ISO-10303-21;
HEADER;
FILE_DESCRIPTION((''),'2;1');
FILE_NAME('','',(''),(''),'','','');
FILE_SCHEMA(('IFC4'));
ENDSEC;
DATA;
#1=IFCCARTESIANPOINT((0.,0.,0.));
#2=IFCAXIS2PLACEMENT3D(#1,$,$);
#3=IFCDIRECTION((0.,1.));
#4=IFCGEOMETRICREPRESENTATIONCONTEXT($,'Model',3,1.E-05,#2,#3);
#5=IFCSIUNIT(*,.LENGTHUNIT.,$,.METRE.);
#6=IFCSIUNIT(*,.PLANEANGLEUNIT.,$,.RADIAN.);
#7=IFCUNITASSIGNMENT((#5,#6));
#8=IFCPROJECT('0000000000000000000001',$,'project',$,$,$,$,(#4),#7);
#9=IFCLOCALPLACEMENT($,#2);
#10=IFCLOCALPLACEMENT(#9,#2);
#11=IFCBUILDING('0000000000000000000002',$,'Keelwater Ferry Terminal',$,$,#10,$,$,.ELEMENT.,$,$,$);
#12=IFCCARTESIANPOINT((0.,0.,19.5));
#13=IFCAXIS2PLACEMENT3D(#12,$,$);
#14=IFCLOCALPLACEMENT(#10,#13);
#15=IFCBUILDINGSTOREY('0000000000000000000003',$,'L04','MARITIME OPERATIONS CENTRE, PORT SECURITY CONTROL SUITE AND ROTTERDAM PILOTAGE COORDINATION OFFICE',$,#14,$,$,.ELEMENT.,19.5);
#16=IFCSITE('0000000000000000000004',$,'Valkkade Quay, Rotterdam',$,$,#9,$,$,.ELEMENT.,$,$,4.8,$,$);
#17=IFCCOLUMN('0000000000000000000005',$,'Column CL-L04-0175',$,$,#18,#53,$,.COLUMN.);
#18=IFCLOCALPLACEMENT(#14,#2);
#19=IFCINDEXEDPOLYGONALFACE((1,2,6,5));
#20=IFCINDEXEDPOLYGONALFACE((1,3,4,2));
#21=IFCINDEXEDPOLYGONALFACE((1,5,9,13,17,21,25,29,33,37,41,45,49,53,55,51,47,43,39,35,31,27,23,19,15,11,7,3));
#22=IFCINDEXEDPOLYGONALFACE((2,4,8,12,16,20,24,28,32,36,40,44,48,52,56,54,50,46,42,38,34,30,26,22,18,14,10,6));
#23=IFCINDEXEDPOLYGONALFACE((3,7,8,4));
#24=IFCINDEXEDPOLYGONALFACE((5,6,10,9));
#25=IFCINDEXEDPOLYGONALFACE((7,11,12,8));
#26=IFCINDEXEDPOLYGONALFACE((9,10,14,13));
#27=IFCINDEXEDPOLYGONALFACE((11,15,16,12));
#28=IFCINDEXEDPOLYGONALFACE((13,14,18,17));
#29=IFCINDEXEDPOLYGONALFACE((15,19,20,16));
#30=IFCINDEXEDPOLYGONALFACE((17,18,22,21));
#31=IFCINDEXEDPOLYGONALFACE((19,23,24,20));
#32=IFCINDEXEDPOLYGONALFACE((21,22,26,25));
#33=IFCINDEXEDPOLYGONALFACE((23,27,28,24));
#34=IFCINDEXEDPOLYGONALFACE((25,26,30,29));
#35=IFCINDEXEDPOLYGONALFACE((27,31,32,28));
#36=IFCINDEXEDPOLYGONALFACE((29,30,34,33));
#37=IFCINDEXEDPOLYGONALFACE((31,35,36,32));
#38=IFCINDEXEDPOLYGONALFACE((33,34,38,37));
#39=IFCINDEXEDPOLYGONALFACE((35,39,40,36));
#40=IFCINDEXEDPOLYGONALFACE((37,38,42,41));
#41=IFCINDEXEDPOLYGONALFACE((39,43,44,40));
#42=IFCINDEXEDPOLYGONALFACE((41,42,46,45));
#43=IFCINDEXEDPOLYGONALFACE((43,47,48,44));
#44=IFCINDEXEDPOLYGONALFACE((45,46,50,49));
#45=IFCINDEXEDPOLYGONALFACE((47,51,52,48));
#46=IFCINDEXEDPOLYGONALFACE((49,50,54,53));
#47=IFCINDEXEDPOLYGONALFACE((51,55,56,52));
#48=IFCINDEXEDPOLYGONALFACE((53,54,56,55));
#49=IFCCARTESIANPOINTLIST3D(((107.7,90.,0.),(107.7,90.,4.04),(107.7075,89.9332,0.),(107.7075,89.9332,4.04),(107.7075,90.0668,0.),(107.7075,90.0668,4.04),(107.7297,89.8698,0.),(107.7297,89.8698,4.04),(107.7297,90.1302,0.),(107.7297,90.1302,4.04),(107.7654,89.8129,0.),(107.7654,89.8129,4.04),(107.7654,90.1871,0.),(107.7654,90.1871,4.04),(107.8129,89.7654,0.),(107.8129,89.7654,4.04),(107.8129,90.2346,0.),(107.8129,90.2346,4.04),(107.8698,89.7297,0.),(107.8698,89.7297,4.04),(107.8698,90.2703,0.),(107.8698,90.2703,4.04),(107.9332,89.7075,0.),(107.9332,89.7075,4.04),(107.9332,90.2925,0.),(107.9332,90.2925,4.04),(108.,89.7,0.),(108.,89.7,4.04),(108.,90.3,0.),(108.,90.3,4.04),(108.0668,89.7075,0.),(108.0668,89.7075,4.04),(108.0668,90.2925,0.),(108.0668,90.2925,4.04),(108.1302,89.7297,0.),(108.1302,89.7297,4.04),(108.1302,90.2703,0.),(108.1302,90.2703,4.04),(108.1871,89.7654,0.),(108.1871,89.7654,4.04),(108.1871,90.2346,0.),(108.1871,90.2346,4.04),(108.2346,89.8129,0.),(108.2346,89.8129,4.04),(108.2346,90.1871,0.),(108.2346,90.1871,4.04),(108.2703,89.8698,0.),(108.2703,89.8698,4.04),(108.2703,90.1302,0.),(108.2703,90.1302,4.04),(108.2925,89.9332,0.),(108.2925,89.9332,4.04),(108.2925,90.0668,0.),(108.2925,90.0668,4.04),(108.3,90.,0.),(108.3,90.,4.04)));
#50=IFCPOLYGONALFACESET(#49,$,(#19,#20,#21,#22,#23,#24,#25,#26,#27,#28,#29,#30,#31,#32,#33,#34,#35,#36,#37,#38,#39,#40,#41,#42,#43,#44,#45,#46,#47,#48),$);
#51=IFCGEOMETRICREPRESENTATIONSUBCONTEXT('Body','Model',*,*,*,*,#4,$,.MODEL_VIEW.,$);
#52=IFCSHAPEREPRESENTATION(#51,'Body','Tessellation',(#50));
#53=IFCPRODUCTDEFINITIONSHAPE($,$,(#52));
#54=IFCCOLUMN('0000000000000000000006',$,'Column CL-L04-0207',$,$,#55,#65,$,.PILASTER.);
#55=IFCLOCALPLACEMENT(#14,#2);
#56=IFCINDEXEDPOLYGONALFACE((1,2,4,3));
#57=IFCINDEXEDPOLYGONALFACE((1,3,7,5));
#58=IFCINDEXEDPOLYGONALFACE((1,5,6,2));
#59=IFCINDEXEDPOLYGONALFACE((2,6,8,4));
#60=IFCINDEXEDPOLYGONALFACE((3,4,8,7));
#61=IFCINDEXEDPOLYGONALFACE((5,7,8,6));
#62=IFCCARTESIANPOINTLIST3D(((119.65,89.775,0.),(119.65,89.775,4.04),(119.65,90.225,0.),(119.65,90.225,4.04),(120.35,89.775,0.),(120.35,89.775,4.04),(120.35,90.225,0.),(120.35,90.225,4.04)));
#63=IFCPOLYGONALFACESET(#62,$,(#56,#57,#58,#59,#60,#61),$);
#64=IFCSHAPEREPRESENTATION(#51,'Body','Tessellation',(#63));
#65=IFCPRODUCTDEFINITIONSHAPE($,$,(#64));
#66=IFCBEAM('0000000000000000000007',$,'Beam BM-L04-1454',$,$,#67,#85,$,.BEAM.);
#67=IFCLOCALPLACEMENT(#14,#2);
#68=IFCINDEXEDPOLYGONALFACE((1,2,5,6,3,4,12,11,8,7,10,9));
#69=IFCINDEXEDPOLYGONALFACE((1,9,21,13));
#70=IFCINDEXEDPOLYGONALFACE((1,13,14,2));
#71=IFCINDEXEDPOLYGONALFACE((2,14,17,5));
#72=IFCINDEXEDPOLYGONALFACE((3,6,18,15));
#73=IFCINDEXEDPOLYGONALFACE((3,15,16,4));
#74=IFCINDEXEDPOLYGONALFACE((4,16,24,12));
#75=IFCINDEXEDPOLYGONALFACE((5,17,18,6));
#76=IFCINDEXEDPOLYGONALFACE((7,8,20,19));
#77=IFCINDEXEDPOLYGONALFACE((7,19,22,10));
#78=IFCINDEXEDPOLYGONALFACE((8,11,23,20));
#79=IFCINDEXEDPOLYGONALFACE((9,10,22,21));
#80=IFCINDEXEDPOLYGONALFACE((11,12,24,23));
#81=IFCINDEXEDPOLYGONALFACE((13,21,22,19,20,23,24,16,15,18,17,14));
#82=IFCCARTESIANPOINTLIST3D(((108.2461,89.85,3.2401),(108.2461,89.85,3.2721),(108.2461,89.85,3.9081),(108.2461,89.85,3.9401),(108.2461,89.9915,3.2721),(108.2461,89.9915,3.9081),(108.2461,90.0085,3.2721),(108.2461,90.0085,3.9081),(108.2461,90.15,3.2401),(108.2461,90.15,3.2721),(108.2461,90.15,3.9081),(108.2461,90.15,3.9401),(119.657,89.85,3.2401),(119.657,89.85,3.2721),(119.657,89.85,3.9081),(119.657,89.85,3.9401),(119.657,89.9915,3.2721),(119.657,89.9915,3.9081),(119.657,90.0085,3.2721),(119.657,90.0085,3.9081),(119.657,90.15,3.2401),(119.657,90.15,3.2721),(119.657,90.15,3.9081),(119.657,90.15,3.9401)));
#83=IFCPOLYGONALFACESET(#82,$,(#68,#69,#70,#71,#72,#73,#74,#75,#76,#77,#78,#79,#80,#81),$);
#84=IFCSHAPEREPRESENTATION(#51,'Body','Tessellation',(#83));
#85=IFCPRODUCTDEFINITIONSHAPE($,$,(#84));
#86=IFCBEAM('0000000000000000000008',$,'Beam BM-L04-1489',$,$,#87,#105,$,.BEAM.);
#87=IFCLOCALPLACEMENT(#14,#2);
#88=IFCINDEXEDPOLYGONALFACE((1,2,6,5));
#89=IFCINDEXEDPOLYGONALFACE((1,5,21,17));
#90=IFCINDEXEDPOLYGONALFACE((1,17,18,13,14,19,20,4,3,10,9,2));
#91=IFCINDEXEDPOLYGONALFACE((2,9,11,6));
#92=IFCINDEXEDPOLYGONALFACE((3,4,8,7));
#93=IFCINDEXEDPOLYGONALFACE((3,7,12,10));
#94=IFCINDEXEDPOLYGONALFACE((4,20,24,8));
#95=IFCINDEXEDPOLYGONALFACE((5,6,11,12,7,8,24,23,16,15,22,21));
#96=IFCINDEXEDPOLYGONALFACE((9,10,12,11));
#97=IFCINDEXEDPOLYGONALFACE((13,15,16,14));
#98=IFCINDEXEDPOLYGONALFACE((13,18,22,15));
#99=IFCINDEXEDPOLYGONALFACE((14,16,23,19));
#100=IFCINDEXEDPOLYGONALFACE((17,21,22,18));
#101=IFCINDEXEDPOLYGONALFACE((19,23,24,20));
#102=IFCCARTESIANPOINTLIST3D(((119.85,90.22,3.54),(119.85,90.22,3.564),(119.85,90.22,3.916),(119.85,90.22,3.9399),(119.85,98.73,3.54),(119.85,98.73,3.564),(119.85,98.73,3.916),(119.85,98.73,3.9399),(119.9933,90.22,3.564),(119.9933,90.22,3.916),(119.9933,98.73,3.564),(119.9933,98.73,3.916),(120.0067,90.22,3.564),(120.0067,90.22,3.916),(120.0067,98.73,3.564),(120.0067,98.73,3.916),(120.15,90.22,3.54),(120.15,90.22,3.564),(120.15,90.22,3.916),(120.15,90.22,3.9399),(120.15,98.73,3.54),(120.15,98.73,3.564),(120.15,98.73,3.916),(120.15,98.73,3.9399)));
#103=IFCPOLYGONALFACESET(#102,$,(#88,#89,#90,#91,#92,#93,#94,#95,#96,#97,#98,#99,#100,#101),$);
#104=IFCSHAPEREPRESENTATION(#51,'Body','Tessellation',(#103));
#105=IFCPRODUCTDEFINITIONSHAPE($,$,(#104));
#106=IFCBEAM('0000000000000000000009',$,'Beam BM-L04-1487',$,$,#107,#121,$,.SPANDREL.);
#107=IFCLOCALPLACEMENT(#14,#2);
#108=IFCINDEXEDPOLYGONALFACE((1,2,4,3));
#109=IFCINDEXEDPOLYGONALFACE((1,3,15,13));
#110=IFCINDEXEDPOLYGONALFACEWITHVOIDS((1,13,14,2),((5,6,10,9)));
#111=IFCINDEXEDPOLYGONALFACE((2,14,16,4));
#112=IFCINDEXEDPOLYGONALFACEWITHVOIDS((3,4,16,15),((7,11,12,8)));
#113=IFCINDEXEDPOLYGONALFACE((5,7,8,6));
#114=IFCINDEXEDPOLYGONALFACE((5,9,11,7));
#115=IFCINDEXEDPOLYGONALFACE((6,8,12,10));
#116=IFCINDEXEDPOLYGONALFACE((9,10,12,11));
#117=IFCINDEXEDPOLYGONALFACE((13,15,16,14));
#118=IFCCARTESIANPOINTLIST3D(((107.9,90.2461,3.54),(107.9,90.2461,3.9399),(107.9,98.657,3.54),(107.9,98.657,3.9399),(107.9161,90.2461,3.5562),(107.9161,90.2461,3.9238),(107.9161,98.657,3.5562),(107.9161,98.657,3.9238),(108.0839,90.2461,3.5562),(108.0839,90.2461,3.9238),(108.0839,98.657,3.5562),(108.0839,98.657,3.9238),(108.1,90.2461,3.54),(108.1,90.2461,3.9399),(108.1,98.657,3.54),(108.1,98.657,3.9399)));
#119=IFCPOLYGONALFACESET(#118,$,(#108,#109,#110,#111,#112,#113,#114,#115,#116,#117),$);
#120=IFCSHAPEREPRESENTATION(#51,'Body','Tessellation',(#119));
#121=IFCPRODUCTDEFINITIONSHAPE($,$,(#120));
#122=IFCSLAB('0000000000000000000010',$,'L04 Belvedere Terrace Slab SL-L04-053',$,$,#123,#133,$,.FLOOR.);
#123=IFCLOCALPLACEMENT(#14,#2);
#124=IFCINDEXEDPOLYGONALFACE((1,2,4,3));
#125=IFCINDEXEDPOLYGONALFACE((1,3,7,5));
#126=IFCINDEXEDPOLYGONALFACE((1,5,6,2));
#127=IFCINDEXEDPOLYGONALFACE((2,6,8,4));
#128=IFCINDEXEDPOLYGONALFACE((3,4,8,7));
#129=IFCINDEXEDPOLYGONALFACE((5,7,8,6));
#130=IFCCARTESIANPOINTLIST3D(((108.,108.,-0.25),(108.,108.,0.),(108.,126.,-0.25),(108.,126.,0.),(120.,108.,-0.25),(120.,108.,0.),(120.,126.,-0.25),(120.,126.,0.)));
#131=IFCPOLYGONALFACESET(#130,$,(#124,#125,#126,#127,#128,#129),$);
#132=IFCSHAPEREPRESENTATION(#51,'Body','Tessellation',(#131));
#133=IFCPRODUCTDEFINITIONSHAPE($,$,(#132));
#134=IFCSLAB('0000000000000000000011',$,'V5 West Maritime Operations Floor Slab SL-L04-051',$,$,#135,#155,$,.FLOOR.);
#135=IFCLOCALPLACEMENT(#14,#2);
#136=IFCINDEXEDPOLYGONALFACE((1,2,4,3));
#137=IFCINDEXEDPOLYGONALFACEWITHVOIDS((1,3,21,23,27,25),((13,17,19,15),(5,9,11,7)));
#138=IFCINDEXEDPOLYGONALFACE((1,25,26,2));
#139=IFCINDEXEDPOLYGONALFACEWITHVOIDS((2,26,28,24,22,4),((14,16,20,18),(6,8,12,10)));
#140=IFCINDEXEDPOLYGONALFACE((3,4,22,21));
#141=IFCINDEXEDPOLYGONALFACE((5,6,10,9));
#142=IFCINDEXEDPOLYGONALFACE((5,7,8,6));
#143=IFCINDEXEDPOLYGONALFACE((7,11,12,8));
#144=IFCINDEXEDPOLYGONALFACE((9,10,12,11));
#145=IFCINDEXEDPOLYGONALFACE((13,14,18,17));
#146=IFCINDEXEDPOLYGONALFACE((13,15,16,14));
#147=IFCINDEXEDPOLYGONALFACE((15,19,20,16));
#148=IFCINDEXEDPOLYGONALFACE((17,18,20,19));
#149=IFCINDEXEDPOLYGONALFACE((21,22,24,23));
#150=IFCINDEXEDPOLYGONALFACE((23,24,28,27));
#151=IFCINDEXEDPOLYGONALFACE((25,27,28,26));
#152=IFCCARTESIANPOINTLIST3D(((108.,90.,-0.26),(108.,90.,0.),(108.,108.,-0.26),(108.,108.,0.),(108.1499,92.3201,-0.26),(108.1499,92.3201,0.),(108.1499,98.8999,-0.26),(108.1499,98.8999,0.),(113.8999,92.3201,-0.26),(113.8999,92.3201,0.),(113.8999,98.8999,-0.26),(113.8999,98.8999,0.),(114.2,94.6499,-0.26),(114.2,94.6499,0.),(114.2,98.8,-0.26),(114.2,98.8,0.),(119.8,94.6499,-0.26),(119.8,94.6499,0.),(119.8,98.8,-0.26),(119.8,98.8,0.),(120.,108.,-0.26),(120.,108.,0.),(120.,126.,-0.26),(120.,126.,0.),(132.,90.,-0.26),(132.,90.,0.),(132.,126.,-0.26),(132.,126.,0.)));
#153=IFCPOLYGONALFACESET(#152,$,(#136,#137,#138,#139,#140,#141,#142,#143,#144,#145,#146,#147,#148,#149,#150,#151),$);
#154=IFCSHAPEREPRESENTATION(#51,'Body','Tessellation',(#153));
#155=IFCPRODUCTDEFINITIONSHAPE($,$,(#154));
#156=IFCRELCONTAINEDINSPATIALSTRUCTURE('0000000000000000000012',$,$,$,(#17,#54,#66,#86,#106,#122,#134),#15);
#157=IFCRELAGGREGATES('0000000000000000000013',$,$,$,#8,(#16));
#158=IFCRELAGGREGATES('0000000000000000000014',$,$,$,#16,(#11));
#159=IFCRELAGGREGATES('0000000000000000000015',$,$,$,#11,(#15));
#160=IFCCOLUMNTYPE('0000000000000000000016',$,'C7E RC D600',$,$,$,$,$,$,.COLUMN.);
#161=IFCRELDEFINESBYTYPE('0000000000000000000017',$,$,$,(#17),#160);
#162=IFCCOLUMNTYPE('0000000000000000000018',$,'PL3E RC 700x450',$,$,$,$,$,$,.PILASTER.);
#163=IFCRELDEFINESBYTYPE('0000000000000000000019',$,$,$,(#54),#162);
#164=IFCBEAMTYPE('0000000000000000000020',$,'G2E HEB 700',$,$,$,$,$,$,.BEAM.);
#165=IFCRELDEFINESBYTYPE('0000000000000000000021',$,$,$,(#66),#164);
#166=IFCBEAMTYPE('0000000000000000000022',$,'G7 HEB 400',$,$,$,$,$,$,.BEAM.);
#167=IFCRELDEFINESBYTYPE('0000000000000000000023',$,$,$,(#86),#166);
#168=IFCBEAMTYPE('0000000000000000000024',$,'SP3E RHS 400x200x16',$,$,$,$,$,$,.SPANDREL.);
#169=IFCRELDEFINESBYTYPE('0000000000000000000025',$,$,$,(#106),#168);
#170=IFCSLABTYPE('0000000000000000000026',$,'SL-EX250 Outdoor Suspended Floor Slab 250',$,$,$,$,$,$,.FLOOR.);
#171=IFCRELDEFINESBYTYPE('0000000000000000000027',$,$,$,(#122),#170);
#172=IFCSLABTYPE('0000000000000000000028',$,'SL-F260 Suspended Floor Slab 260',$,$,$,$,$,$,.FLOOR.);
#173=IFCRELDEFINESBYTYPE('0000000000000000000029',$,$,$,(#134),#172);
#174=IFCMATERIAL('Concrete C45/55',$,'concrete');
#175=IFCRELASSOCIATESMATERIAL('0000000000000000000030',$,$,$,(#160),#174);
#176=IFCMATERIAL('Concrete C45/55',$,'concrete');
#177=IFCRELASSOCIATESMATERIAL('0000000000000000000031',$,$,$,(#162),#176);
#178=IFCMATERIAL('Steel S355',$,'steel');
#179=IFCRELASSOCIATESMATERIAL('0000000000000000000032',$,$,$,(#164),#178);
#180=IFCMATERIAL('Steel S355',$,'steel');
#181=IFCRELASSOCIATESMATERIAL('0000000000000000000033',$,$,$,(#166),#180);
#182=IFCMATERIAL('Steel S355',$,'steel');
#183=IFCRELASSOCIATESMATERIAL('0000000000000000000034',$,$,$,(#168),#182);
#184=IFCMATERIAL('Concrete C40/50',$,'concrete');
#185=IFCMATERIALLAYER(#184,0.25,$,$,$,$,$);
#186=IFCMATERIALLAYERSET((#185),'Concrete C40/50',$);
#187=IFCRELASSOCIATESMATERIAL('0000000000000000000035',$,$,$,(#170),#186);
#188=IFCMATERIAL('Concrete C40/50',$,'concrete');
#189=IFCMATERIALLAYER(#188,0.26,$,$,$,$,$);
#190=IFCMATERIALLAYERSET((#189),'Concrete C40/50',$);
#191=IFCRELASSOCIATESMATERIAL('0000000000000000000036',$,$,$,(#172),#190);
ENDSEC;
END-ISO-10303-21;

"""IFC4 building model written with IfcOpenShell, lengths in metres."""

from ifc_helpers import new_model, si_unit, direction, frame, origin, origin_2d, place, context, subcontext, project, spatial, polyline, rectangle, hollow_rectangle, circle, i_section, outline, extrude, material, layer, layer_set, material_profile, profile_set, type_object, element, save


model = new_model("IFC4")

# Units and contexts
model_context = context("Model", 3, precision=1e-05, world=origin(), true_north=direction((0.0, 1.0)))
body_context = subcontext(model_context, "Body", "Model", "MODEL_VIEW")
ifc_project = project(units=[si_unit("LENGTHUNIT", "METRE"), si_unit("PLANEANGLEUNIT", "RADIAN")], contexts=[model_context])

# Site, building, storey
site_placement = place(None, origin())
site = spatial("IfcSite", under=ifc_project, at=site_placement, Name="Valkkade Quay, Rotterdam", CompositionType="ELEMENT", RefElevation=4.8)
building_placement = place(site_placement, origin())
building = spatial("IfcBuilding", under=site, at=building_placement, Name="Keelwater Ferry Terminal", CompositionType="ELEMENT")
storey_placement = place(building_placement, frame((0.0, 0.0, 19.5)))
storey = spatial("IfcBuildingStorey", under=building, at=storey_placement, Name="L04", Description="MARITIME OPERATIONS CENTRE, PORT SECURITY CONTROL SUITE AND ROTTERDAM PILOTAGE COORDINATION OFFICE", CompositionType="ELEMENT", Elevation=19.5)

# Columns
ifc_material_1 = material(Name="Concrete C45/55", Category="concrete")
ifc_material_profile_1 = material_profile(ifc_material_1, circle(Radius=0.3, at=origin_2d()), Name="RC D600")
ifc_profile_set_1 = profile_set([ifc_material_profile_1], Name="Concrete C45/55")
column_type_1 = type_object("IfcColumnType", Name="C7E RC D600", PredefinedType="COLUMN", material=ifc_profile_set_1)
column_1_placement = place(storey_placement, frame((108.0, 90.0, 0.0), z_axis=(0.0, 0.0, 1.0), x_axis=(1.0, 0.0, 0.0)))
element("IfcColumn", 1, at=column_1_placement, inside=storey, type_object=column_type_1, Name="Column CL-L04-0175", PredefinedType="COLUMN", context=body_context, shape_type="SweptSolid", body=[
    extrude(circle(Radius=0.3, at=origin_2d()), origin(), (0.0, 0.0, 1.0), 4.04),
])
ifc_material_2 = material(Name="Concrete C45/55", Category="concrete")
ifc_material_profile_2 = material_profile(ifc_material_2, rectangle(XDim=0.45, YDim=0.7, at=origin_2d()), Name="RC 700x450")
ifc_profile_set_2 = profile_set([ifc_material_profile_2], Name="Concrete C45/55")
column_type_2 = type_object("IfcColumnType", Name="PL3E RC 700x450", PredefinedType="PILASTER", material=ifc_profile_set_2)
column_2_placement = place(storey_placement, frame((120.0, 90.0, 0.0), z_axis=(0.0, 0.0, 1.0), x_axis=(0.0, 1.0, 0.0)))
element("IfcColumn", 2, at=column_2_placement, inside=storey, type_object=column_type_2, Name="Column CL-L04-0207", PredefinedType="PILASTER", context=body_context, shape_type="SweptSolid", body=[
    extrude(rectangle(XDim=0.45, YDim=0.7, at=origin_2d()), origin(), (0.0, 0.0, 1.0), 4.04),
])

# Beams
ifc_material_3 = material(Name="Steel S355", Category="steel")
ifc_material_profile_3 = material_profile(ifc_material_3, i_section(OverallWidth=0.3, OverallDepth=0.7, WebThickness=0.0171, FlangeThickness=0.032, at=origin_2d()), Name="HEB 700")
ifc_profile_set_3 = profile_set([ifc_material_profile_3], Name="Steel S355")
beam_type_1 = type_object("IfcBeamType", Name="G2E HEB 700", PredefinedType="BEAM", material=ifc_profile_set_3)
beam_1_placement = place(storey_placement, frame((108.2461, 90.0, 3.5901), z_axis=(1.0, 0.0, 0.0), x_axis=(0.0, 1.0, 0.0)))
element("IfcBeam", 3, at=beam_1_placement, inside=storey, type_object=beam_type_1, Name="Beam BM-L04-1454", PredefinedType="BEAM", context=body_context, shape_type="SweptSolid", body=[
    extrude(i_section(OverallWidth=0.3, OverallDepth=0.7, WebThickness=0.0171, FlangeThickness=0.032, at=origin_2d()), origin(), (0.0, 0.0, 1.0), 11.4109),
])
ifc_material_4 = material(Name="Steel S355", Category="steel")
ifc_material_profile_4 = material_profile(ifc_material_4, i_section(OverallWidth=0.3, OverallDepth=0.3999, WebThickness=0.0134, FlangeThickness=0.0239, at=origin_2d()), Name="HEB 400")
ifc_profile_set_4 = profile_set([ifc_material_profile_4], Name="Steel S355")
beam_type_2 = type_object("IfcBeamType", Name="G7 HEB 400", PredefinedType="BEAM", material=ifc_profile_set_4)
beam_2_placement = place(storey_placement, frame((120.0, 90.22, 3.74), z_axis=(0.0, 1.0, 0.0), x_axis=(-1.0, 0.0, 0.0)))
element("IfcBeam", 4, at=beam_2_placement, inside=storey, type_object=beam_type_2, Name="Beam BM-L04-1489", PredefinedType="BEAM", context=body_context, shape_type="SweptSolid", body=[
    extrude(i_section(OverallWidth=0.3, OverallDepth=0.3999, WebThickness=0.0134, FlangeThickness=0.0239, at=origin_2d()), origin(), (0.0, 0.0, 1.0), 8.51),
])
ifc_material_5 = material(Name="Steel S355", Category="steel")
ifc_material_profile_5 = material_profile(ifc_material_5, hollow_rectangle(XDim=0.2, YDim=0.3999, WallThickness=0.0161, at=origin_2d()), Name="RHS 400x200x16")
ifc_profile_set_5 = profile_set([ifc_material_profile_5], Name="Steel S355")
beam_type_3 = type_object("IfcBeamType", Name="SP3E RHS 400x200x16", PredefinedType="SPANDREL", material=ifc_profile_set_5)
beam_3_placement = place(storey_placement, frame((108.0, 90.2461, 3.74), z_axis=(0.0, 1.0, 0.0), x_axis=(-1.0, 0.0, 0.0)))
element("IfcBeam", 5, at=beam_3_placement, inside=storey, type_object=beam_type_3, Name="Beam BM-L04-1487", PredefinedType="SPANDREL", context=body_context, shape_type="SweptSolid", body=[
    extrude(hollow_rectangle(XDim=0.2, YDim=0.3999, WallThickness=0.0161, at=origin_2d()), origin(), (0.0, 0.0, 1.0), 8.4109),
])

# Slabs
ifc_material_6 = material(Name="Concrete C40/50", Category="concrete")
ifc_layer_1 = layer(ifc_material_6, 0.25)
ifc_layer_set_1 = layer_set([ifc_layer_1], Name="Concrete C40/50")
slab_type_1 = type_object("IfcSlabType", Name="SL-EX250 Outdoor Suspended Floor Slab 250", PredefinedType="FLOOR", material=ifc_layer_set_1)
slab_1_placement = place(storey_placement, frame((0.0, 0.0, -0.25)))
element("IfcSlab", 6, at=slab_1_placement, inside=storey, type_object=slab_type_1, Name="L04 Belvedere Terrace Slab SL-L04-053", PredefinedType="FLOOR", context=body_context, shape_type="SweptSolid", body=[
    extrude(outline(polyline([(108.0, 108.0), (120.0, 108.0), (120.0, 126.0), (108.0, 126.0), (108.0, 108.0)])), origin(), (0.0, 0.0, 1.0), 0.25),
])
ifc_material_7 = material(Name="Concrete C40/50", Category="concrete")
ifc_layer_2 = layer(ifc_material_7, 0.26)
ifc_layer_set_2 = layer_set([ifc_layer_2], Name="Concrete C40/50")
slab_type_2 = type_object("IfcSlabType", Name="SL-F260 Suspended Floor Slab 260", PredefinedType="FLOOR", material=ifc_layer_set_2)
slab_2_placement = place(storey_placement, frame((0.0, 0.0, -0.26)))
element("IfcSlab", 7, at=slab_2_placement, inside=storey, type_object=slab_type_2, Name="V5 West Maritime Operations Floor Slab SL-L04-051", PredefinedType="FLOOR", context=body_context, shape_type="SweptSolid", body=[
    extrude(outline(polyline([(108.0, 90.0), (132.0, 90.0), (132.0, 126.0), (120.0, 126.0), (120.0, 108.0), (108.0, 108.0), (108.0, 90.0)]), holes=[polyline([(108.1499, 92.3201), (113.8999, 92.3201), (113.8999, 98.8999), (108.1499, 98.8999), (108.1499, 92.3201)]), polyline([(114.2, 94.6499), (119.8, 94.6499), (119.8, 98.8), (114.2, 98.8), (114.2, 94.6499)])]), origin(), (0.0, 0.0, 1.0), 0.26),
])

save(model, "model.ifc")
